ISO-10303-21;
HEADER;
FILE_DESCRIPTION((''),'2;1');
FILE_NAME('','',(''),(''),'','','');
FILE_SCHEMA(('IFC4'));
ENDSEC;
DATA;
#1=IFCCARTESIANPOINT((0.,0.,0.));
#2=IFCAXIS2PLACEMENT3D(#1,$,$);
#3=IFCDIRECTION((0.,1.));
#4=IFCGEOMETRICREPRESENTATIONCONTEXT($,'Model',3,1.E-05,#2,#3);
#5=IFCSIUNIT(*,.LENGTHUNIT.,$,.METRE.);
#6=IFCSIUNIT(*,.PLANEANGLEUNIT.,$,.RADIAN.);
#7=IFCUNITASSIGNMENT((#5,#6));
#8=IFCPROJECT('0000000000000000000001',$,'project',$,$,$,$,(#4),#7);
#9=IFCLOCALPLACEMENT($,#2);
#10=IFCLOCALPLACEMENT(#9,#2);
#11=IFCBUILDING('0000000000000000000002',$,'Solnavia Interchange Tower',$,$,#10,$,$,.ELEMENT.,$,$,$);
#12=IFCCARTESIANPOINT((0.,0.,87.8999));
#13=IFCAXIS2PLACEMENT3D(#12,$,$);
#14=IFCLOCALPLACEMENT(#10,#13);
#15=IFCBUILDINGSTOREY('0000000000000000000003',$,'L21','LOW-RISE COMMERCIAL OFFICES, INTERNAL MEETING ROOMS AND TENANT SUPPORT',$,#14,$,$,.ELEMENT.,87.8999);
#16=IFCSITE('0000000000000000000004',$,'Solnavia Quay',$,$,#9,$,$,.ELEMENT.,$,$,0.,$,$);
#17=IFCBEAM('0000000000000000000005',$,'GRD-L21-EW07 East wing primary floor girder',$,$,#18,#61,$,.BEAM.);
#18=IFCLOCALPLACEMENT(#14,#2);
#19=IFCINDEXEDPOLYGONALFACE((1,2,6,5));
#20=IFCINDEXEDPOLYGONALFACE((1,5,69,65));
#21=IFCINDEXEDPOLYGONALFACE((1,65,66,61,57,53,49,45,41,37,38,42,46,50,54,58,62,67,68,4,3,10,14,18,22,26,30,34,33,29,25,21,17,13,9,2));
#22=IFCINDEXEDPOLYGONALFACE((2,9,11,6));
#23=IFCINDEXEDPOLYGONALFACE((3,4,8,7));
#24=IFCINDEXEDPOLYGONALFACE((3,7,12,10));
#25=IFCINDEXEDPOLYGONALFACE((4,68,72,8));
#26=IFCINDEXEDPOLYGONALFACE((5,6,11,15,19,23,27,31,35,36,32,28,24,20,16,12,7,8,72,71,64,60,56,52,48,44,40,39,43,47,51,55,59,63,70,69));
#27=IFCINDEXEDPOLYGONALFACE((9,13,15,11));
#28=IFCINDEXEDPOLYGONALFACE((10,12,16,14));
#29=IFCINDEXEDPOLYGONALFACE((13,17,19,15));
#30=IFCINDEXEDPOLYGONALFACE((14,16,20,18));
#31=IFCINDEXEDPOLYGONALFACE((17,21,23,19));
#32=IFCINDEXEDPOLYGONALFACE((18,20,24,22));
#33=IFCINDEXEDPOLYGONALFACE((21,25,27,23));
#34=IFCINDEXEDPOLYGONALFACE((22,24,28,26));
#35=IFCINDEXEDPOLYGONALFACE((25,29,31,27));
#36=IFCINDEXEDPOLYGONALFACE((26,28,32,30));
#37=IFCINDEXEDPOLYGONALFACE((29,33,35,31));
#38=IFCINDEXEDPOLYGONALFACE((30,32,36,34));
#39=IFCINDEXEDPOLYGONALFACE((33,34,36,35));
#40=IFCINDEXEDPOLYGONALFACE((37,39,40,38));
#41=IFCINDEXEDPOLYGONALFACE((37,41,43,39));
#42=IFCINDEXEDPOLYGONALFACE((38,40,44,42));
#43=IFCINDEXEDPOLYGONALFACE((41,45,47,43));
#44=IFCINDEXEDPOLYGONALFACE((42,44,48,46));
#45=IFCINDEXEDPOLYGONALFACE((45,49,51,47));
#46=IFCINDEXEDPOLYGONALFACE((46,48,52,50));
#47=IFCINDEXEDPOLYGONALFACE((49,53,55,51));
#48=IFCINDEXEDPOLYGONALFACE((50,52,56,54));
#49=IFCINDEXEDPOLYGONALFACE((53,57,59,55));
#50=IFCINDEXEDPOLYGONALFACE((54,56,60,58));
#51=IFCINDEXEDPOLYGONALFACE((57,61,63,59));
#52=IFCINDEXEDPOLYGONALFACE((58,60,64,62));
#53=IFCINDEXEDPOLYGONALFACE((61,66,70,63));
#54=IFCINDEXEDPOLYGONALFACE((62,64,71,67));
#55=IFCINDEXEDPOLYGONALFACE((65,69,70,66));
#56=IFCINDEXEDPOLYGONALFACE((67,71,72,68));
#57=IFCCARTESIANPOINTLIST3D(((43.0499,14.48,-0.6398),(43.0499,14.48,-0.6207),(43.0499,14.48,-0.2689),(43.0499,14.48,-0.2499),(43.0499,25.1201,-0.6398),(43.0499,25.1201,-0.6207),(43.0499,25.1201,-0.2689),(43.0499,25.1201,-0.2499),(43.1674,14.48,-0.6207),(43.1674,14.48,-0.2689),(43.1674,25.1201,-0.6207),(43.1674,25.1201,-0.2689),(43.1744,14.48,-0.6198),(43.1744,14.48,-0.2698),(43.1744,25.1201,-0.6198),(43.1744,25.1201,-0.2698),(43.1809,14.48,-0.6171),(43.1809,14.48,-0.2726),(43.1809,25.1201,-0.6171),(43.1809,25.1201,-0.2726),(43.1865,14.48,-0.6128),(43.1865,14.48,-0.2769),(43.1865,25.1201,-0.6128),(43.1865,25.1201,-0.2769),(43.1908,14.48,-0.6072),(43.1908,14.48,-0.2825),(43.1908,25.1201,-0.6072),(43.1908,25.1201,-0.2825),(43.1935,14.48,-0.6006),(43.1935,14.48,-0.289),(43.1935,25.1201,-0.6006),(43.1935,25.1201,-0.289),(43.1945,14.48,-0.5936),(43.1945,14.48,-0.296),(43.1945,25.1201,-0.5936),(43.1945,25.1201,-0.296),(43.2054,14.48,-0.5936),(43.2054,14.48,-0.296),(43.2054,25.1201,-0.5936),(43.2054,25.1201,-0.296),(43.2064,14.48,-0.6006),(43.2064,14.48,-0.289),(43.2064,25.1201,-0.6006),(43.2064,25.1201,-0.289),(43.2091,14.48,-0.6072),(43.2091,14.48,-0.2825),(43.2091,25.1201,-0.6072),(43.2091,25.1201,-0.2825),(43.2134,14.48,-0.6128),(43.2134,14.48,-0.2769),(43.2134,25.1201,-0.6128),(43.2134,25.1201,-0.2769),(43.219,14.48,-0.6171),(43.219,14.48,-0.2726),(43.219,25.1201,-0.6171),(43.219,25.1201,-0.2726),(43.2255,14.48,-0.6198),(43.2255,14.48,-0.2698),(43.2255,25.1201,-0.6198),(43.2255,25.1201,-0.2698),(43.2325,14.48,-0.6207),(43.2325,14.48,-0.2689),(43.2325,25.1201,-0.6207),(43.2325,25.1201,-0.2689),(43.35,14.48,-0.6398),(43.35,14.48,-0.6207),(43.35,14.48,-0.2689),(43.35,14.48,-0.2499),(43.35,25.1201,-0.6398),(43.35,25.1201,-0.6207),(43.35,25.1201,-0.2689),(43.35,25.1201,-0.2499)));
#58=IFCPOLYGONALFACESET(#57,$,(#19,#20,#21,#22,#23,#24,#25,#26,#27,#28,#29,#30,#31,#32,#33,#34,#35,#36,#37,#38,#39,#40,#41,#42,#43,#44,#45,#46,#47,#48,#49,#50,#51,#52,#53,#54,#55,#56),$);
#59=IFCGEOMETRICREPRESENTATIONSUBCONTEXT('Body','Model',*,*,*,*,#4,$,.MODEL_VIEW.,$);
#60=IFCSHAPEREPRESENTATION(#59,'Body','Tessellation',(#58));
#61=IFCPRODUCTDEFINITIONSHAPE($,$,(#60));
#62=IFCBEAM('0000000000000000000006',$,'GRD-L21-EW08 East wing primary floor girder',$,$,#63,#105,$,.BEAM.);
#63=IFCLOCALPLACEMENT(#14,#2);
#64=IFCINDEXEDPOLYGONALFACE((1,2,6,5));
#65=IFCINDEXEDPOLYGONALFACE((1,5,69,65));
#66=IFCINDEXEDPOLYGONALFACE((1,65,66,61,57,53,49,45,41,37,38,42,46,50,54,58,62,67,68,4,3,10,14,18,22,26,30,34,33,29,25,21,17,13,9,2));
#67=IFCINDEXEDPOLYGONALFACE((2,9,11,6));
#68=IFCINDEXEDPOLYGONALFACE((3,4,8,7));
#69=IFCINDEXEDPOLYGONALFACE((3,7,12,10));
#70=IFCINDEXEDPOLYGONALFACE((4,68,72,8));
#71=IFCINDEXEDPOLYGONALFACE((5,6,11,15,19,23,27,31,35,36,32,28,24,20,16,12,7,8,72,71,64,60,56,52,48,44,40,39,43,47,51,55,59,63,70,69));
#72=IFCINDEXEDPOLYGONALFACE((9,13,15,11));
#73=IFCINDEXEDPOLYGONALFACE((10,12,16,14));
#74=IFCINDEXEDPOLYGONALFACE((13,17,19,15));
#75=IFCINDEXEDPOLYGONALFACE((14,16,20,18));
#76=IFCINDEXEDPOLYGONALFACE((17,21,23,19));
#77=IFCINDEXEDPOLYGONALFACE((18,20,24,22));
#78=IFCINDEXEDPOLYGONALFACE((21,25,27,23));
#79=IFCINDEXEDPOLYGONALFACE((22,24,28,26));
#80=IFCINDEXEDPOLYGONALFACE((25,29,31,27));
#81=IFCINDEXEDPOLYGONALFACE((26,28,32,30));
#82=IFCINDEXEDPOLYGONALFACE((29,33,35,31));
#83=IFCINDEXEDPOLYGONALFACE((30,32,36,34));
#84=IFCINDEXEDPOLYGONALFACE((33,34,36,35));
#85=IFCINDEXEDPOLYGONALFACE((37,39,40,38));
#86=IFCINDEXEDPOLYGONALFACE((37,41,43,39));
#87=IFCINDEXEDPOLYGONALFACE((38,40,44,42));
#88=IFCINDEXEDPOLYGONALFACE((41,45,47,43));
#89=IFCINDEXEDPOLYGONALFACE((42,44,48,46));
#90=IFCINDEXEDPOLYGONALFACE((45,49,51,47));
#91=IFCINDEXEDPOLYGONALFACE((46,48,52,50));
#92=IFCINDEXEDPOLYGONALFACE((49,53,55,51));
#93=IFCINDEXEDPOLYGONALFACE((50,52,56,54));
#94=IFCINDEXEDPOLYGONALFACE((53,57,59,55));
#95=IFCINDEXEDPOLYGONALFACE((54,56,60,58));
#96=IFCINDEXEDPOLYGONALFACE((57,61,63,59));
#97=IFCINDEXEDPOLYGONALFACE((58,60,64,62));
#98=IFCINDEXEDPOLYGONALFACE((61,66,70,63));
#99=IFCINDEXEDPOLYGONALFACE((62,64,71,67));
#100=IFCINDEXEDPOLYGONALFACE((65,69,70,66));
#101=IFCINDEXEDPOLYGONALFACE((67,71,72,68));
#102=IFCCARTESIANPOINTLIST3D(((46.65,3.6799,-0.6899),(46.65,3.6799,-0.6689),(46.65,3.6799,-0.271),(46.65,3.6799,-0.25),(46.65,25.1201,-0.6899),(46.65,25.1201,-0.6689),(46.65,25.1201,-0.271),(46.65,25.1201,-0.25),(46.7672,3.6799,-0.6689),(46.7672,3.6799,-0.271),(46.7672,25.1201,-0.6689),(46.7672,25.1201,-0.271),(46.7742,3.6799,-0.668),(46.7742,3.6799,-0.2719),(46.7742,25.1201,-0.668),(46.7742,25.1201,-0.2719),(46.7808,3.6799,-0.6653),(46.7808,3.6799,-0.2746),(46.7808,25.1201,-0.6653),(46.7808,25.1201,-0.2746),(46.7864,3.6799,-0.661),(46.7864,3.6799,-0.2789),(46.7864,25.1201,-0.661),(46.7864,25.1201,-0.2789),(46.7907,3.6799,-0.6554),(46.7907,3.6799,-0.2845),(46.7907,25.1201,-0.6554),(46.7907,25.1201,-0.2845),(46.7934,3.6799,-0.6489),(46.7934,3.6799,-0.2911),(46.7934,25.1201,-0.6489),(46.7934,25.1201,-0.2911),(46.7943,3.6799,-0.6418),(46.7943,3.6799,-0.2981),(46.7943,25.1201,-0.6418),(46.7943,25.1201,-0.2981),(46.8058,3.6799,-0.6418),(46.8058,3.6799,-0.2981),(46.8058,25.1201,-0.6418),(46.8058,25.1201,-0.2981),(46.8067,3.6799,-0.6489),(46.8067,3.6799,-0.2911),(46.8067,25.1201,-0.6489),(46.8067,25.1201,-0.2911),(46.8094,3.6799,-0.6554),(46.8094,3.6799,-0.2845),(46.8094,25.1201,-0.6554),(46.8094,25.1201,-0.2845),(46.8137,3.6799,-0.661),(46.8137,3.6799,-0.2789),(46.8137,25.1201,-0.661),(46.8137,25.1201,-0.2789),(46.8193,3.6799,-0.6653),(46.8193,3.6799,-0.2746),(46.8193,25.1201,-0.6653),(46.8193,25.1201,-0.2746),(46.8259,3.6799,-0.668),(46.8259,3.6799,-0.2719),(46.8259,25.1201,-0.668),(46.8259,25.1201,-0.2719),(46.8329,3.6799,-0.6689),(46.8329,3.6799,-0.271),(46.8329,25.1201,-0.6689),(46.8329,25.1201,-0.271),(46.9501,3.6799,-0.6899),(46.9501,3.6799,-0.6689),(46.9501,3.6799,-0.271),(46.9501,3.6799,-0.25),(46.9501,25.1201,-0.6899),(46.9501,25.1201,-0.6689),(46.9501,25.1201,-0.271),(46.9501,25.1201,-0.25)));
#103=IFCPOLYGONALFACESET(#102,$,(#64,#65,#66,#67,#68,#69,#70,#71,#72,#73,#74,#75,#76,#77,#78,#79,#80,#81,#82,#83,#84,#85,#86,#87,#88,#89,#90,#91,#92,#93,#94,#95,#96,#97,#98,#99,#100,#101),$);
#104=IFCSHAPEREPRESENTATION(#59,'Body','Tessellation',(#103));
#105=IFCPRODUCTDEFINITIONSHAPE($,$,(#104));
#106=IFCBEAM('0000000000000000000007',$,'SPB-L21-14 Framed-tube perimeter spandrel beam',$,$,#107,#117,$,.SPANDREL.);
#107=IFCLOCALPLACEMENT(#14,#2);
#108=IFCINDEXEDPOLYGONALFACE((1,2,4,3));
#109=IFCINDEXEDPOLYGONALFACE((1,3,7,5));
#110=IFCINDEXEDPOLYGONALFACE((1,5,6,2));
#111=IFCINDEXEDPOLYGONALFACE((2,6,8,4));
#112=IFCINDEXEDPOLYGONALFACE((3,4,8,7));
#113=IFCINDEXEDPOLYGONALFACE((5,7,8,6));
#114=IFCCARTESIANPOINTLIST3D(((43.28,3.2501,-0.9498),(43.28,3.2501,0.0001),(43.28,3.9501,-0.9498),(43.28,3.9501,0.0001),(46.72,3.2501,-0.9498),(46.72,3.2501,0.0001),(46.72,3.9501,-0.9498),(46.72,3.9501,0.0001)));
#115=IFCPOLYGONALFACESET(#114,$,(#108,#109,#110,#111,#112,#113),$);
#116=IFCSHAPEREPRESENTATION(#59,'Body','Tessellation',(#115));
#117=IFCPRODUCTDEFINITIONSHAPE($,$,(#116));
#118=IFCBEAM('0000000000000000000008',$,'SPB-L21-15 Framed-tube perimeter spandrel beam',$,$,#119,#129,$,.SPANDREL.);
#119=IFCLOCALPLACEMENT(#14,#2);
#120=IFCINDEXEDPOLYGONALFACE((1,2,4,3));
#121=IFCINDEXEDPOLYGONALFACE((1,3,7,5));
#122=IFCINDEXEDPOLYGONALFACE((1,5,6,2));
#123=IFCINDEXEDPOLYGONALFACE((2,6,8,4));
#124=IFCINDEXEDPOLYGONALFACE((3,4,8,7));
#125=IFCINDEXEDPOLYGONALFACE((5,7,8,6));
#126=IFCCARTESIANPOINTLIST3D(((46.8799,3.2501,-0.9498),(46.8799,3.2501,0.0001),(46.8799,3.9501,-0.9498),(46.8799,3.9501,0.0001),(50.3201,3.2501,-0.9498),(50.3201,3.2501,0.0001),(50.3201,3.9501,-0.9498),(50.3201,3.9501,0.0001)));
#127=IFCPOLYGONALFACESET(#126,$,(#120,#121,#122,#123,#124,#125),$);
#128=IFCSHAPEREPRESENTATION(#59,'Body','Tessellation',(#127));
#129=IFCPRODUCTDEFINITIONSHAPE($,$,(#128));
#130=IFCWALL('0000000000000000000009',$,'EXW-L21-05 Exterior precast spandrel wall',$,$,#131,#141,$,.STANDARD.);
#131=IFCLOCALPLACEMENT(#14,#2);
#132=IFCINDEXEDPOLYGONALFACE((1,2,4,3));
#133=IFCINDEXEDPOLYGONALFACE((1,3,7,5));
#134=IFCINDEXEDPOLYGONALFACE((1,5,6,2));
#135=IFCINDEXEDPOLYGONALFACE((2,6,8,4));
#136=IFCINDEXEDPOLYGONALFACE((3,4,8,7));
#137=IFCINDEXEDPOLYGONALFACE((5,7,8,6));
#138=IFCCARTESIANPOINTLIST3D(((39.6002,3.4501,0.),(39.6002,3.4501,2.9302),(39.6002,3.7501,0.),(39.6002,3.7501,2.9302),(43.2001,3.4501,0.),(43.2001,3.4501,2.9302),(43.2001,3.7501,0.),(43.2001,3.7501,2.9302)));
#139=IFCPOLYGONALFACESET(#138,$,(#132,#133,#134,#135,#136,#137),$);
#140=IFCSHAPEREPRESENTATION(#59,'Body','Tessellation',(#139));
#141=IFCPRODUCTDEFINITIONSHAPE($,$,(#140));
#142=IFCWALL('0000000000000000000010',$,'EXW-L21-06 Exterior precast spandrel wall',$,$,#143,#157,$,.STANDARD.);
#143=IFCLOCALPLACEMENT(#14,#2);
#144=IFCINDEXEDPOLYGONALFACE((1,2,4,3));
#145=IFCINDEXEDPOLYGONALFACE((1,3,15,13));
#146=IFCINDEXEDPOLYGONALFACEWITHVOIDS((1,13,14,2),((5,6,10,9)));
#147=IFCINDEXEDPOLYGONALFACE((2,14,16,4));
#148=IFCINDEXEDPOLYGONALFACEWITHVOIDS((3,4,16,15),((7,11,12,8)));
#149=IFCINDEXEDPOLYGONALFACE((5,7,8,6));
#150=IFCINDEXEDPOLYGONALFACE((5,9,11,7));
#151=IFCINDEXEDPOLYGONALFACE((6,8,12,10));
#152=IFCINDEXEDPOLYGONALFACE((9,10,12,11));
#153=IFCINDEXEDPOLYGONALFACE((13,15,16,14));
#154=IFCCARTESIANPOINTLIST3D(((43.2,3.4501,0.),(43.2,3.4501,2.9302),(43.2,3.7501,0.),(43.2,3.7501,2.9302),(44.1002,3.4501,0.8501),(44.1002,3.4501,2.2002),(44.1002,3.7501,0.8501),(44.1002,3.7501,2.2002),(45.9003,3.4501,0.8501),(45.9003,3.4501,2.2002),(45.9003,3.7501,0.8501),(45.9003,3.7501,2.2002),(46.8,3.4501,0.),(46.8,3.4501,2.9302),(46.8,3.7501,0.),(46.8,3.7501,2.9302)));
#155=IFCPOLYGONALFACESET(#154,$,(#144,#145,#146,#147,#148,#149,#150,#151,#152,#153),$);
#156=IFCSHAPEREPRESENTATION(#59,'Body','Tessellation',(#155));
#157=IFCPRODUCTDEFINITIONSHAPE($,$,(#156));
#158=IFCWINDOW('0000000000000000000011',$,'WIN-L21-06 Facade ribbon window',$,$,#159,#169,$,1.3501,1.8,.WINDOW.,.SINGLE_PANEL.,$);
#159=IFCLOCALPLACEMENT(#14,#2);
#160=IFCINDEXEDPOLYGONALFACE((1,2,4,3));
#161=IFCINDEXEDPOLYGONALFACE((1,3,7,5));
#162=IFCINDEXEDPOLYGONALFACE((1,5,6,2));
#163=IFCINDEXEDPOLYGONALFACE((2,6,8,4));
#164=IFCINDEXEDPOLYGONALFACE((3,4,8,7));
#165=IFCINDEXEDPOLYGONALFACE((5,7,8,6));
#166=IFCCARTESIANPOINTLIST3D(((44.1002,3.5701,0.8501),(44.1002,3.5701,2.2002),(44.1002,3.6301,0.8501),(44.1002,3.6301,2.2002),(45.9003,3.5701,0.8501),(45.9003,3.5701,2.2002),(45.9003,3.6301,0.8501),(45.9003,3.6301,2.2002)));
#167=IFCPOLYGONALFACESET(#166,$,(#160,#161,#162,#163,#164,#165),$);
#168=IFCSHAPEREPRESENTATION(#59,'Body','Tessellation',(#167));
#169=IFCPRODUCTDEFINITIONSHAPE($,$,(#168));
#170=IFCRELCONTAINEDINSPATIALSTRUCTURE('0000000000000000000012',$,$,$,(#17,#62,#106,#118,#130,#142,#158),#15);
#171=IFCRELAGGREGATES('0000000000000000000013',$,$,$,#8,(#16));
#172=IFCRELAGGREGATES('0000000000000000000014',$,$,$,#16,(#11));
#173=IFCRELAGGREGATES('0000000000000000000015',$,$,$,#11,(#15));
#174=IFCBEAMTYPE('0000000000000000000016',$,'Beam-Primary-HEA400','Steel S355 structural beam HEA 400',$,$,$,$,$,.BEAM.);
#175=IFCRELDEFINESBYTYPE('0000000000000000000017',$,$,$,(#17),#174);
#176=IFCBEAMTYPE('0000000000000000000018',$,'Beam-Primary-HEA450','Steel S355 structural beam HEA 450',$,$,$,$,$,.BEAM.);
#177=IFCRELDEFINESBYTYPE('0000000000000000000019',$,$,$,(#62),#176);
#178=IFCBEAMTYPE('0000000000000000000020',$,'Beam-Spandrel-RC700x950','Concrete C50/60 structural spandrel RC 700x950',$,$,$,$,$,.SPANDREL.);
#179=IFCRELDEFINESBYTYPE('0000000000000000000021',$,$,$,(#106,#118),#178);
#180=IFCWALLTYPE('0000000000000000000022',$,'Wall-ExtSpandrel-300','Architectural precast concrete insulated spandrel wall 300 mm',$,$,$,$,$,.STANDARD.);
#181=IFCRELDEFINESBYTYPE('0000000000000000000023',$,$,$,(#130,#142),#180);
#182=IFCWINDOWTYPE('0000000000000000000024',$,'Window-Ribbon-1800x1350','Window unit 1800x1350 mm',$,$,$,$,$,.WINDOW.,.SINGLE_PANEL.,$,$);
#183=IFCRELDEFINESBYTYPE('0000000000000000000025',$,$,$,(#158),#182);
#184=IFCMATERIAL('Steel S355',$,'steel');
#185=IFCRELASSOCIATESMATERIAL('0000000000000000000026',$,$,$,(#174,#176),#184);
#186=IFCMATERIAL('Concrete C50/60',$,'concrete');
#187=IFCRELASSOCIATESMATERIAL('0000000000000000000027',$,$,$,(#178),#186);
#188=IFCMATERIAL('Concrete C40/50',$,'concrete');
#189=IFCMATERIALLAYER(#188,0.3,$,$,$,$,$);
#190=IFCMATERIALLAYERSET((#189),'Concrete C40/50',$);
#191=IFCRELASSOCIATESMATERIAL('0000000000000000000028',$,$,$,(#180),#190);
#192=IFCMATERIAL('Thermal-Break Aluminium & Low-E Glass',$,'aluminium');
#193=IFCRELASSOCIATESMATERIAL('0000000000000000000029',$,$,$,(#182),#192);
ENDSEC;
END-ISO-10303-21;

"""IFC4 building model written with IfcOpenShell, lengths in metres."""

from ifc_helpers import new_model, si_unit, direction, frame, frame_2d, origin, origin_2d, place, context, subcontext, project, spatial, rectangle, i_section, extrude, material, layer, layer_set, material_profile, profile_set, type_object, element, fill, save


model = new_model("IFC4")

# Units and contexts
model_context = context("Model", 3, precision=1e-05, world=origin(), true_north=direction((0.0, 1.0)))
body_context = subcontext(model_context, "Body", "Model", "MODEL_VIEW")
ifc_project = project(units=[si_unit("LENGTHUNIT", "METRE"), si_unit("PLANEANGLEUNIT", "RADIAN")], contexts=[model_context])

# Site, building, storey
site_placement = place(None, origin())
site = spatial("IfcSite", under=ifc_project, at=site_placement, Name="Solnavia Quay", CompositionType="ELEMENT", RefElevation=0.0)
building_placement = place(site_placement, origin())
building = spatial("IfcBuilding", under=site, at=building_placement, Name="Solnavia Interchange Tower", CompositionType="ELEMENT")
storey_placement = place(building_placement, frame((0.0, 0.0, 87.8999)))
storey = spatial("IfcBuildingStorey", under=building, at=storey_placement, Name="L21", Description="LOW-RISE COMMERCIAL OFFICES, INTERNAL MEETING ROOMS AND TENANT SUPPORT", CompositionType="ELEMENT", Elevation=87.8999)

# Shared definitions
ifc_material_1 = material(Name="Concrete C50/60", Category="concrete")
ifc_material_2 = material(Name="Steel S355", Category="steel")

# Beams
ifc_material_profile_1 = material_profile(ifc_material_2, i_section(OverallWidth=0.3, OverallDepth=0.3899, WebThickness=0.011, FlangeThickness=0.019, FilletRadius=0.0271, at=origin_2d()), Name="HEA 400")
ifc_profile_set_1 = profile_set([ifc_material_profile_1], Name="Steel S355")
beam_type_1 = type_object("IfcBeamType", Name="Beam-Primary-HEA400", Description="Steel S355 structural beam HEA 400", PredefinedType="BEAM", material=ifc_profile_set_1)
for number, where, z_axis, x_axis, name in (
    (1, (43.2, 14.48, -0.4448), (0.0, 1.0, 0.0), (-1.0, 0.0, 0.0), "GRD-L21-EW07 East wing primary floor girder"),
):
    element("IfcBeam", number, at=place(storey_placement, frame(where, z_axis=z_axis, x_axis=x_axis)), inside=storey, type_object=beam_type_1, Name=name, PredefinedType="BEAM", context=body_context, shape_type="SweptSolid", body=[
        extrude(i_section(OverallWidth=0.3, OverallDepth=0.3899, WebThickness=0.011, FlangeThickness=0.019, FilletRadius=0.0271, at=origin_2d()), origin(), (0.0, 0.0, 1.0), 10.6401),
    ])
ifc_material_profile_2 = material_profile(ifc_material_2, i_section(OverallWidth=0.3, OverallDepth=0.4399, WebThickness=0.0115, FlangeThickness=0.021, FilletRadius=0.0271, at=origin_2d()), Name="HEA 450")
ifc_profile_set_2 = profile_set([ifc_material_profile_2], Name="Steel S355")
beam_type_2 = type_object("IfcBeamType", Name="Beam-Primary-HEA450", Description="Steel S355 structural beam HEA 450", PredefinedType="BEAM", material=ifc_profile_set_2)
beam_1_placement = place(storey_placement, frame((46.8, 3.6799, -0.47), z_axis=(0.0, 1.0, 0.0), x_axis=(-1.0, 0.0, 0.0)))
element("IfcBeam", 2, at=beam_1_placement, inside=storey, type_object=beam_type_2, Name="GRD-L21-EW08 East wing primary floor girder", PredefinedType="BEAM", context=body_context, shape_type="SweptSolid", body=[
    extrude(i_section(OverallWidth=0.3, OverallDepth=0.4399, WebThickness=0.0115, FlangeThickness=0.021, FilletRadius=0.0271, at=origin_2d()), origin(), (0.0, 0.0, 1.0), 21.4402),
])
ifc_material_profile_3 = material_profile(ifc_material_1, rectangle(XDim=0.7, YDim=0.95, at=origin_2d()), Name="RC 700x950")
ifc_profile_set_3 = profile_set([ifc_material_profile_3], Name="Concrete C50/60")
beam_type_3 = type_object("IfcBeamType", Name="Beam-Spandrel-RC700x950", Description="Concrete C50/60 structural spandrel RC 700x950", PredefinedType="SPANDREL", material=ifc_profile_set_3)
beam_2_placement = place(storey_placement, frame((43.28, 3.6001, -0.4749), z_axis=(1.0, 0.0, 0.0), x_axis=(0.0, 1.0, 0.0)))
element("IfcBeam", 3, at=beam_2_placement, inside=storey, type_object=beam_type_3, Name="SPB-L21-14 Framed-tube perimeter spandrel beam", PredefinedType="SPANDREL", context=body_context, shape_type="SweptSolid", body=[
    extrude(rectangle(XDim=0.7, YDim=0.95, at=origin_2d()), origin(), (0.0, 0.0, 1.0), 3.4399),
])
beam_3_placement = place(storey_placement, frame((46.8799, 3.6001, -0.4749), z_axis=(1.0, 0.0, 0.0), x_axis=(0.0, 1.0, 0.0)))
element("IfcBeam", 4, at=beam_3_placement, inside=storey, type_object=beam_type_3, Name="SPB-L21-15 Framed-tube perimeter spandrel beam", PredefinedType="SPANDREL", context=body_context, shape_type="SweptSolid", body=[
    extrude(rectangle(XDim=0.7, YDim=0.95, at=origin_2d()), origin(), (0.0, 0.0, 1.0), 3.4402),
])

# Wall
ifc_material_3 = material(Name="Concrete C40/50", Category="concrete")
ifc_layer_1 = layer(ifc_material_3, 0.3)
ifc_layer_set_1 = layer_set([ifc_layer_1], Name="Concrete C40/50")
wall_type_1 = type_object("IfcWallType", Name="Wall-ExtSpandrel-300", Description="Architectural precast concrete insulated spandrel wall 300 mm", PredefinedType="STANDARD", material=ifc_layer_set_1)
wall_1_placement = place(storey_placement, frame((43.2, 3.6001, 0.0), z_axis=(0.0, 0.0, 1.0), x_axis=(-1.0, 0.0, 0.0)))
element("IfcWall", 5, at=wall_1_placement, inside=storey, type_object=wall_type_1, Name="EXW-L21-05 Exterior precast spandrel wall", PredefinedType="STANDARD", context=body_context, shape_type="SweptSolid", body=[
    extrude(rectangle(XDim=3.5999, YDim=0.3, at=frame_2d((1.7998, 0.0))), origin(), (0.0, 0.0, 1.0), 2.9302),
])

# Wall, opening, window
wall_2_placement = place(storey_placement, frame((46.8, 3.6001, 0.0), z_axis=(0.0, 0.0, 1.0), x_axis=(-1.0, 0.0, 0.0)))
wall_2 = element("IfcWall", 6, at=wall_2_placement, inside=storey, type_object=wall_type_1, Name="EXW-L21-06 Exterior precast spandrel wall", PredefinedType="STANDARD", context=body_context, shape_type="SweptSolid", body=[
    extrude(rectangle(XDim=3.6001, YDim=0.3, at=frame_2d((1.8, 0.0))), origin(), (0.0, 0.0, 1.0), 2.9302),
])
opening_1_placement = place(wall_2_placement, frame((0.8999, 0.0, 0.8501)))
opening_1 = element("IfcOpeningElement", 7, at=opening_1_placement, cuts=wall_2, PredefinedType="OPENING", context=body_context, shape_type="SweptSolid", body=[
    extrude(rectangle(XDim=1.8, YDim=1.3501, at=frame_2d((0.8999, 0.675))), frame((0.0, 0.1602, 0.0), z_axis=(0.0, -1.0, 0.0), x_axis=(1.0, 0.0, 0.0)), (0.0, 0.0, 1.0), 0.3201),
])
ifc_material_4 = material(Name="Thermal-Break Aluminium & Low-E Glass", Category="aluminium")
window_type = type_object("IfcWindowType", Name="Window-Ribbon-1800x1350", Description="Window unit 1800x1350 mm", PartitioningType="SINGLE_PANEL", PredefinedType="WINDOW", material=ifc_material_4)
window_1_placement = place(opening_1_placement, origin())
window_1 = element("IfcWindow", 8, at=window_1_placement, inside=storey, type_object=window_type, Name="WIN-L21-06 Facade ribbon window", OverallHeight=1.3501, OverallWidth=1.8, PartitioningType="SINGLE_PANEL", PredefinedType="WINDOW", context=body_context, shape_type="SweptSolid", body=[
    extrude(rectangle(XDim=1.8, YDim=1.3501, at=frame_2d((0.8999, 0.675))), frame((0.0, 0.03, 0.0), z_axis=(0.0, -1.0, 0.0), x_axis=(1.0, 0.0, 0.0)), (0.0, 0.0, 1.0), 0.0601),
])
fill(opening_1, window_1)

save(model, "model.ifc")
